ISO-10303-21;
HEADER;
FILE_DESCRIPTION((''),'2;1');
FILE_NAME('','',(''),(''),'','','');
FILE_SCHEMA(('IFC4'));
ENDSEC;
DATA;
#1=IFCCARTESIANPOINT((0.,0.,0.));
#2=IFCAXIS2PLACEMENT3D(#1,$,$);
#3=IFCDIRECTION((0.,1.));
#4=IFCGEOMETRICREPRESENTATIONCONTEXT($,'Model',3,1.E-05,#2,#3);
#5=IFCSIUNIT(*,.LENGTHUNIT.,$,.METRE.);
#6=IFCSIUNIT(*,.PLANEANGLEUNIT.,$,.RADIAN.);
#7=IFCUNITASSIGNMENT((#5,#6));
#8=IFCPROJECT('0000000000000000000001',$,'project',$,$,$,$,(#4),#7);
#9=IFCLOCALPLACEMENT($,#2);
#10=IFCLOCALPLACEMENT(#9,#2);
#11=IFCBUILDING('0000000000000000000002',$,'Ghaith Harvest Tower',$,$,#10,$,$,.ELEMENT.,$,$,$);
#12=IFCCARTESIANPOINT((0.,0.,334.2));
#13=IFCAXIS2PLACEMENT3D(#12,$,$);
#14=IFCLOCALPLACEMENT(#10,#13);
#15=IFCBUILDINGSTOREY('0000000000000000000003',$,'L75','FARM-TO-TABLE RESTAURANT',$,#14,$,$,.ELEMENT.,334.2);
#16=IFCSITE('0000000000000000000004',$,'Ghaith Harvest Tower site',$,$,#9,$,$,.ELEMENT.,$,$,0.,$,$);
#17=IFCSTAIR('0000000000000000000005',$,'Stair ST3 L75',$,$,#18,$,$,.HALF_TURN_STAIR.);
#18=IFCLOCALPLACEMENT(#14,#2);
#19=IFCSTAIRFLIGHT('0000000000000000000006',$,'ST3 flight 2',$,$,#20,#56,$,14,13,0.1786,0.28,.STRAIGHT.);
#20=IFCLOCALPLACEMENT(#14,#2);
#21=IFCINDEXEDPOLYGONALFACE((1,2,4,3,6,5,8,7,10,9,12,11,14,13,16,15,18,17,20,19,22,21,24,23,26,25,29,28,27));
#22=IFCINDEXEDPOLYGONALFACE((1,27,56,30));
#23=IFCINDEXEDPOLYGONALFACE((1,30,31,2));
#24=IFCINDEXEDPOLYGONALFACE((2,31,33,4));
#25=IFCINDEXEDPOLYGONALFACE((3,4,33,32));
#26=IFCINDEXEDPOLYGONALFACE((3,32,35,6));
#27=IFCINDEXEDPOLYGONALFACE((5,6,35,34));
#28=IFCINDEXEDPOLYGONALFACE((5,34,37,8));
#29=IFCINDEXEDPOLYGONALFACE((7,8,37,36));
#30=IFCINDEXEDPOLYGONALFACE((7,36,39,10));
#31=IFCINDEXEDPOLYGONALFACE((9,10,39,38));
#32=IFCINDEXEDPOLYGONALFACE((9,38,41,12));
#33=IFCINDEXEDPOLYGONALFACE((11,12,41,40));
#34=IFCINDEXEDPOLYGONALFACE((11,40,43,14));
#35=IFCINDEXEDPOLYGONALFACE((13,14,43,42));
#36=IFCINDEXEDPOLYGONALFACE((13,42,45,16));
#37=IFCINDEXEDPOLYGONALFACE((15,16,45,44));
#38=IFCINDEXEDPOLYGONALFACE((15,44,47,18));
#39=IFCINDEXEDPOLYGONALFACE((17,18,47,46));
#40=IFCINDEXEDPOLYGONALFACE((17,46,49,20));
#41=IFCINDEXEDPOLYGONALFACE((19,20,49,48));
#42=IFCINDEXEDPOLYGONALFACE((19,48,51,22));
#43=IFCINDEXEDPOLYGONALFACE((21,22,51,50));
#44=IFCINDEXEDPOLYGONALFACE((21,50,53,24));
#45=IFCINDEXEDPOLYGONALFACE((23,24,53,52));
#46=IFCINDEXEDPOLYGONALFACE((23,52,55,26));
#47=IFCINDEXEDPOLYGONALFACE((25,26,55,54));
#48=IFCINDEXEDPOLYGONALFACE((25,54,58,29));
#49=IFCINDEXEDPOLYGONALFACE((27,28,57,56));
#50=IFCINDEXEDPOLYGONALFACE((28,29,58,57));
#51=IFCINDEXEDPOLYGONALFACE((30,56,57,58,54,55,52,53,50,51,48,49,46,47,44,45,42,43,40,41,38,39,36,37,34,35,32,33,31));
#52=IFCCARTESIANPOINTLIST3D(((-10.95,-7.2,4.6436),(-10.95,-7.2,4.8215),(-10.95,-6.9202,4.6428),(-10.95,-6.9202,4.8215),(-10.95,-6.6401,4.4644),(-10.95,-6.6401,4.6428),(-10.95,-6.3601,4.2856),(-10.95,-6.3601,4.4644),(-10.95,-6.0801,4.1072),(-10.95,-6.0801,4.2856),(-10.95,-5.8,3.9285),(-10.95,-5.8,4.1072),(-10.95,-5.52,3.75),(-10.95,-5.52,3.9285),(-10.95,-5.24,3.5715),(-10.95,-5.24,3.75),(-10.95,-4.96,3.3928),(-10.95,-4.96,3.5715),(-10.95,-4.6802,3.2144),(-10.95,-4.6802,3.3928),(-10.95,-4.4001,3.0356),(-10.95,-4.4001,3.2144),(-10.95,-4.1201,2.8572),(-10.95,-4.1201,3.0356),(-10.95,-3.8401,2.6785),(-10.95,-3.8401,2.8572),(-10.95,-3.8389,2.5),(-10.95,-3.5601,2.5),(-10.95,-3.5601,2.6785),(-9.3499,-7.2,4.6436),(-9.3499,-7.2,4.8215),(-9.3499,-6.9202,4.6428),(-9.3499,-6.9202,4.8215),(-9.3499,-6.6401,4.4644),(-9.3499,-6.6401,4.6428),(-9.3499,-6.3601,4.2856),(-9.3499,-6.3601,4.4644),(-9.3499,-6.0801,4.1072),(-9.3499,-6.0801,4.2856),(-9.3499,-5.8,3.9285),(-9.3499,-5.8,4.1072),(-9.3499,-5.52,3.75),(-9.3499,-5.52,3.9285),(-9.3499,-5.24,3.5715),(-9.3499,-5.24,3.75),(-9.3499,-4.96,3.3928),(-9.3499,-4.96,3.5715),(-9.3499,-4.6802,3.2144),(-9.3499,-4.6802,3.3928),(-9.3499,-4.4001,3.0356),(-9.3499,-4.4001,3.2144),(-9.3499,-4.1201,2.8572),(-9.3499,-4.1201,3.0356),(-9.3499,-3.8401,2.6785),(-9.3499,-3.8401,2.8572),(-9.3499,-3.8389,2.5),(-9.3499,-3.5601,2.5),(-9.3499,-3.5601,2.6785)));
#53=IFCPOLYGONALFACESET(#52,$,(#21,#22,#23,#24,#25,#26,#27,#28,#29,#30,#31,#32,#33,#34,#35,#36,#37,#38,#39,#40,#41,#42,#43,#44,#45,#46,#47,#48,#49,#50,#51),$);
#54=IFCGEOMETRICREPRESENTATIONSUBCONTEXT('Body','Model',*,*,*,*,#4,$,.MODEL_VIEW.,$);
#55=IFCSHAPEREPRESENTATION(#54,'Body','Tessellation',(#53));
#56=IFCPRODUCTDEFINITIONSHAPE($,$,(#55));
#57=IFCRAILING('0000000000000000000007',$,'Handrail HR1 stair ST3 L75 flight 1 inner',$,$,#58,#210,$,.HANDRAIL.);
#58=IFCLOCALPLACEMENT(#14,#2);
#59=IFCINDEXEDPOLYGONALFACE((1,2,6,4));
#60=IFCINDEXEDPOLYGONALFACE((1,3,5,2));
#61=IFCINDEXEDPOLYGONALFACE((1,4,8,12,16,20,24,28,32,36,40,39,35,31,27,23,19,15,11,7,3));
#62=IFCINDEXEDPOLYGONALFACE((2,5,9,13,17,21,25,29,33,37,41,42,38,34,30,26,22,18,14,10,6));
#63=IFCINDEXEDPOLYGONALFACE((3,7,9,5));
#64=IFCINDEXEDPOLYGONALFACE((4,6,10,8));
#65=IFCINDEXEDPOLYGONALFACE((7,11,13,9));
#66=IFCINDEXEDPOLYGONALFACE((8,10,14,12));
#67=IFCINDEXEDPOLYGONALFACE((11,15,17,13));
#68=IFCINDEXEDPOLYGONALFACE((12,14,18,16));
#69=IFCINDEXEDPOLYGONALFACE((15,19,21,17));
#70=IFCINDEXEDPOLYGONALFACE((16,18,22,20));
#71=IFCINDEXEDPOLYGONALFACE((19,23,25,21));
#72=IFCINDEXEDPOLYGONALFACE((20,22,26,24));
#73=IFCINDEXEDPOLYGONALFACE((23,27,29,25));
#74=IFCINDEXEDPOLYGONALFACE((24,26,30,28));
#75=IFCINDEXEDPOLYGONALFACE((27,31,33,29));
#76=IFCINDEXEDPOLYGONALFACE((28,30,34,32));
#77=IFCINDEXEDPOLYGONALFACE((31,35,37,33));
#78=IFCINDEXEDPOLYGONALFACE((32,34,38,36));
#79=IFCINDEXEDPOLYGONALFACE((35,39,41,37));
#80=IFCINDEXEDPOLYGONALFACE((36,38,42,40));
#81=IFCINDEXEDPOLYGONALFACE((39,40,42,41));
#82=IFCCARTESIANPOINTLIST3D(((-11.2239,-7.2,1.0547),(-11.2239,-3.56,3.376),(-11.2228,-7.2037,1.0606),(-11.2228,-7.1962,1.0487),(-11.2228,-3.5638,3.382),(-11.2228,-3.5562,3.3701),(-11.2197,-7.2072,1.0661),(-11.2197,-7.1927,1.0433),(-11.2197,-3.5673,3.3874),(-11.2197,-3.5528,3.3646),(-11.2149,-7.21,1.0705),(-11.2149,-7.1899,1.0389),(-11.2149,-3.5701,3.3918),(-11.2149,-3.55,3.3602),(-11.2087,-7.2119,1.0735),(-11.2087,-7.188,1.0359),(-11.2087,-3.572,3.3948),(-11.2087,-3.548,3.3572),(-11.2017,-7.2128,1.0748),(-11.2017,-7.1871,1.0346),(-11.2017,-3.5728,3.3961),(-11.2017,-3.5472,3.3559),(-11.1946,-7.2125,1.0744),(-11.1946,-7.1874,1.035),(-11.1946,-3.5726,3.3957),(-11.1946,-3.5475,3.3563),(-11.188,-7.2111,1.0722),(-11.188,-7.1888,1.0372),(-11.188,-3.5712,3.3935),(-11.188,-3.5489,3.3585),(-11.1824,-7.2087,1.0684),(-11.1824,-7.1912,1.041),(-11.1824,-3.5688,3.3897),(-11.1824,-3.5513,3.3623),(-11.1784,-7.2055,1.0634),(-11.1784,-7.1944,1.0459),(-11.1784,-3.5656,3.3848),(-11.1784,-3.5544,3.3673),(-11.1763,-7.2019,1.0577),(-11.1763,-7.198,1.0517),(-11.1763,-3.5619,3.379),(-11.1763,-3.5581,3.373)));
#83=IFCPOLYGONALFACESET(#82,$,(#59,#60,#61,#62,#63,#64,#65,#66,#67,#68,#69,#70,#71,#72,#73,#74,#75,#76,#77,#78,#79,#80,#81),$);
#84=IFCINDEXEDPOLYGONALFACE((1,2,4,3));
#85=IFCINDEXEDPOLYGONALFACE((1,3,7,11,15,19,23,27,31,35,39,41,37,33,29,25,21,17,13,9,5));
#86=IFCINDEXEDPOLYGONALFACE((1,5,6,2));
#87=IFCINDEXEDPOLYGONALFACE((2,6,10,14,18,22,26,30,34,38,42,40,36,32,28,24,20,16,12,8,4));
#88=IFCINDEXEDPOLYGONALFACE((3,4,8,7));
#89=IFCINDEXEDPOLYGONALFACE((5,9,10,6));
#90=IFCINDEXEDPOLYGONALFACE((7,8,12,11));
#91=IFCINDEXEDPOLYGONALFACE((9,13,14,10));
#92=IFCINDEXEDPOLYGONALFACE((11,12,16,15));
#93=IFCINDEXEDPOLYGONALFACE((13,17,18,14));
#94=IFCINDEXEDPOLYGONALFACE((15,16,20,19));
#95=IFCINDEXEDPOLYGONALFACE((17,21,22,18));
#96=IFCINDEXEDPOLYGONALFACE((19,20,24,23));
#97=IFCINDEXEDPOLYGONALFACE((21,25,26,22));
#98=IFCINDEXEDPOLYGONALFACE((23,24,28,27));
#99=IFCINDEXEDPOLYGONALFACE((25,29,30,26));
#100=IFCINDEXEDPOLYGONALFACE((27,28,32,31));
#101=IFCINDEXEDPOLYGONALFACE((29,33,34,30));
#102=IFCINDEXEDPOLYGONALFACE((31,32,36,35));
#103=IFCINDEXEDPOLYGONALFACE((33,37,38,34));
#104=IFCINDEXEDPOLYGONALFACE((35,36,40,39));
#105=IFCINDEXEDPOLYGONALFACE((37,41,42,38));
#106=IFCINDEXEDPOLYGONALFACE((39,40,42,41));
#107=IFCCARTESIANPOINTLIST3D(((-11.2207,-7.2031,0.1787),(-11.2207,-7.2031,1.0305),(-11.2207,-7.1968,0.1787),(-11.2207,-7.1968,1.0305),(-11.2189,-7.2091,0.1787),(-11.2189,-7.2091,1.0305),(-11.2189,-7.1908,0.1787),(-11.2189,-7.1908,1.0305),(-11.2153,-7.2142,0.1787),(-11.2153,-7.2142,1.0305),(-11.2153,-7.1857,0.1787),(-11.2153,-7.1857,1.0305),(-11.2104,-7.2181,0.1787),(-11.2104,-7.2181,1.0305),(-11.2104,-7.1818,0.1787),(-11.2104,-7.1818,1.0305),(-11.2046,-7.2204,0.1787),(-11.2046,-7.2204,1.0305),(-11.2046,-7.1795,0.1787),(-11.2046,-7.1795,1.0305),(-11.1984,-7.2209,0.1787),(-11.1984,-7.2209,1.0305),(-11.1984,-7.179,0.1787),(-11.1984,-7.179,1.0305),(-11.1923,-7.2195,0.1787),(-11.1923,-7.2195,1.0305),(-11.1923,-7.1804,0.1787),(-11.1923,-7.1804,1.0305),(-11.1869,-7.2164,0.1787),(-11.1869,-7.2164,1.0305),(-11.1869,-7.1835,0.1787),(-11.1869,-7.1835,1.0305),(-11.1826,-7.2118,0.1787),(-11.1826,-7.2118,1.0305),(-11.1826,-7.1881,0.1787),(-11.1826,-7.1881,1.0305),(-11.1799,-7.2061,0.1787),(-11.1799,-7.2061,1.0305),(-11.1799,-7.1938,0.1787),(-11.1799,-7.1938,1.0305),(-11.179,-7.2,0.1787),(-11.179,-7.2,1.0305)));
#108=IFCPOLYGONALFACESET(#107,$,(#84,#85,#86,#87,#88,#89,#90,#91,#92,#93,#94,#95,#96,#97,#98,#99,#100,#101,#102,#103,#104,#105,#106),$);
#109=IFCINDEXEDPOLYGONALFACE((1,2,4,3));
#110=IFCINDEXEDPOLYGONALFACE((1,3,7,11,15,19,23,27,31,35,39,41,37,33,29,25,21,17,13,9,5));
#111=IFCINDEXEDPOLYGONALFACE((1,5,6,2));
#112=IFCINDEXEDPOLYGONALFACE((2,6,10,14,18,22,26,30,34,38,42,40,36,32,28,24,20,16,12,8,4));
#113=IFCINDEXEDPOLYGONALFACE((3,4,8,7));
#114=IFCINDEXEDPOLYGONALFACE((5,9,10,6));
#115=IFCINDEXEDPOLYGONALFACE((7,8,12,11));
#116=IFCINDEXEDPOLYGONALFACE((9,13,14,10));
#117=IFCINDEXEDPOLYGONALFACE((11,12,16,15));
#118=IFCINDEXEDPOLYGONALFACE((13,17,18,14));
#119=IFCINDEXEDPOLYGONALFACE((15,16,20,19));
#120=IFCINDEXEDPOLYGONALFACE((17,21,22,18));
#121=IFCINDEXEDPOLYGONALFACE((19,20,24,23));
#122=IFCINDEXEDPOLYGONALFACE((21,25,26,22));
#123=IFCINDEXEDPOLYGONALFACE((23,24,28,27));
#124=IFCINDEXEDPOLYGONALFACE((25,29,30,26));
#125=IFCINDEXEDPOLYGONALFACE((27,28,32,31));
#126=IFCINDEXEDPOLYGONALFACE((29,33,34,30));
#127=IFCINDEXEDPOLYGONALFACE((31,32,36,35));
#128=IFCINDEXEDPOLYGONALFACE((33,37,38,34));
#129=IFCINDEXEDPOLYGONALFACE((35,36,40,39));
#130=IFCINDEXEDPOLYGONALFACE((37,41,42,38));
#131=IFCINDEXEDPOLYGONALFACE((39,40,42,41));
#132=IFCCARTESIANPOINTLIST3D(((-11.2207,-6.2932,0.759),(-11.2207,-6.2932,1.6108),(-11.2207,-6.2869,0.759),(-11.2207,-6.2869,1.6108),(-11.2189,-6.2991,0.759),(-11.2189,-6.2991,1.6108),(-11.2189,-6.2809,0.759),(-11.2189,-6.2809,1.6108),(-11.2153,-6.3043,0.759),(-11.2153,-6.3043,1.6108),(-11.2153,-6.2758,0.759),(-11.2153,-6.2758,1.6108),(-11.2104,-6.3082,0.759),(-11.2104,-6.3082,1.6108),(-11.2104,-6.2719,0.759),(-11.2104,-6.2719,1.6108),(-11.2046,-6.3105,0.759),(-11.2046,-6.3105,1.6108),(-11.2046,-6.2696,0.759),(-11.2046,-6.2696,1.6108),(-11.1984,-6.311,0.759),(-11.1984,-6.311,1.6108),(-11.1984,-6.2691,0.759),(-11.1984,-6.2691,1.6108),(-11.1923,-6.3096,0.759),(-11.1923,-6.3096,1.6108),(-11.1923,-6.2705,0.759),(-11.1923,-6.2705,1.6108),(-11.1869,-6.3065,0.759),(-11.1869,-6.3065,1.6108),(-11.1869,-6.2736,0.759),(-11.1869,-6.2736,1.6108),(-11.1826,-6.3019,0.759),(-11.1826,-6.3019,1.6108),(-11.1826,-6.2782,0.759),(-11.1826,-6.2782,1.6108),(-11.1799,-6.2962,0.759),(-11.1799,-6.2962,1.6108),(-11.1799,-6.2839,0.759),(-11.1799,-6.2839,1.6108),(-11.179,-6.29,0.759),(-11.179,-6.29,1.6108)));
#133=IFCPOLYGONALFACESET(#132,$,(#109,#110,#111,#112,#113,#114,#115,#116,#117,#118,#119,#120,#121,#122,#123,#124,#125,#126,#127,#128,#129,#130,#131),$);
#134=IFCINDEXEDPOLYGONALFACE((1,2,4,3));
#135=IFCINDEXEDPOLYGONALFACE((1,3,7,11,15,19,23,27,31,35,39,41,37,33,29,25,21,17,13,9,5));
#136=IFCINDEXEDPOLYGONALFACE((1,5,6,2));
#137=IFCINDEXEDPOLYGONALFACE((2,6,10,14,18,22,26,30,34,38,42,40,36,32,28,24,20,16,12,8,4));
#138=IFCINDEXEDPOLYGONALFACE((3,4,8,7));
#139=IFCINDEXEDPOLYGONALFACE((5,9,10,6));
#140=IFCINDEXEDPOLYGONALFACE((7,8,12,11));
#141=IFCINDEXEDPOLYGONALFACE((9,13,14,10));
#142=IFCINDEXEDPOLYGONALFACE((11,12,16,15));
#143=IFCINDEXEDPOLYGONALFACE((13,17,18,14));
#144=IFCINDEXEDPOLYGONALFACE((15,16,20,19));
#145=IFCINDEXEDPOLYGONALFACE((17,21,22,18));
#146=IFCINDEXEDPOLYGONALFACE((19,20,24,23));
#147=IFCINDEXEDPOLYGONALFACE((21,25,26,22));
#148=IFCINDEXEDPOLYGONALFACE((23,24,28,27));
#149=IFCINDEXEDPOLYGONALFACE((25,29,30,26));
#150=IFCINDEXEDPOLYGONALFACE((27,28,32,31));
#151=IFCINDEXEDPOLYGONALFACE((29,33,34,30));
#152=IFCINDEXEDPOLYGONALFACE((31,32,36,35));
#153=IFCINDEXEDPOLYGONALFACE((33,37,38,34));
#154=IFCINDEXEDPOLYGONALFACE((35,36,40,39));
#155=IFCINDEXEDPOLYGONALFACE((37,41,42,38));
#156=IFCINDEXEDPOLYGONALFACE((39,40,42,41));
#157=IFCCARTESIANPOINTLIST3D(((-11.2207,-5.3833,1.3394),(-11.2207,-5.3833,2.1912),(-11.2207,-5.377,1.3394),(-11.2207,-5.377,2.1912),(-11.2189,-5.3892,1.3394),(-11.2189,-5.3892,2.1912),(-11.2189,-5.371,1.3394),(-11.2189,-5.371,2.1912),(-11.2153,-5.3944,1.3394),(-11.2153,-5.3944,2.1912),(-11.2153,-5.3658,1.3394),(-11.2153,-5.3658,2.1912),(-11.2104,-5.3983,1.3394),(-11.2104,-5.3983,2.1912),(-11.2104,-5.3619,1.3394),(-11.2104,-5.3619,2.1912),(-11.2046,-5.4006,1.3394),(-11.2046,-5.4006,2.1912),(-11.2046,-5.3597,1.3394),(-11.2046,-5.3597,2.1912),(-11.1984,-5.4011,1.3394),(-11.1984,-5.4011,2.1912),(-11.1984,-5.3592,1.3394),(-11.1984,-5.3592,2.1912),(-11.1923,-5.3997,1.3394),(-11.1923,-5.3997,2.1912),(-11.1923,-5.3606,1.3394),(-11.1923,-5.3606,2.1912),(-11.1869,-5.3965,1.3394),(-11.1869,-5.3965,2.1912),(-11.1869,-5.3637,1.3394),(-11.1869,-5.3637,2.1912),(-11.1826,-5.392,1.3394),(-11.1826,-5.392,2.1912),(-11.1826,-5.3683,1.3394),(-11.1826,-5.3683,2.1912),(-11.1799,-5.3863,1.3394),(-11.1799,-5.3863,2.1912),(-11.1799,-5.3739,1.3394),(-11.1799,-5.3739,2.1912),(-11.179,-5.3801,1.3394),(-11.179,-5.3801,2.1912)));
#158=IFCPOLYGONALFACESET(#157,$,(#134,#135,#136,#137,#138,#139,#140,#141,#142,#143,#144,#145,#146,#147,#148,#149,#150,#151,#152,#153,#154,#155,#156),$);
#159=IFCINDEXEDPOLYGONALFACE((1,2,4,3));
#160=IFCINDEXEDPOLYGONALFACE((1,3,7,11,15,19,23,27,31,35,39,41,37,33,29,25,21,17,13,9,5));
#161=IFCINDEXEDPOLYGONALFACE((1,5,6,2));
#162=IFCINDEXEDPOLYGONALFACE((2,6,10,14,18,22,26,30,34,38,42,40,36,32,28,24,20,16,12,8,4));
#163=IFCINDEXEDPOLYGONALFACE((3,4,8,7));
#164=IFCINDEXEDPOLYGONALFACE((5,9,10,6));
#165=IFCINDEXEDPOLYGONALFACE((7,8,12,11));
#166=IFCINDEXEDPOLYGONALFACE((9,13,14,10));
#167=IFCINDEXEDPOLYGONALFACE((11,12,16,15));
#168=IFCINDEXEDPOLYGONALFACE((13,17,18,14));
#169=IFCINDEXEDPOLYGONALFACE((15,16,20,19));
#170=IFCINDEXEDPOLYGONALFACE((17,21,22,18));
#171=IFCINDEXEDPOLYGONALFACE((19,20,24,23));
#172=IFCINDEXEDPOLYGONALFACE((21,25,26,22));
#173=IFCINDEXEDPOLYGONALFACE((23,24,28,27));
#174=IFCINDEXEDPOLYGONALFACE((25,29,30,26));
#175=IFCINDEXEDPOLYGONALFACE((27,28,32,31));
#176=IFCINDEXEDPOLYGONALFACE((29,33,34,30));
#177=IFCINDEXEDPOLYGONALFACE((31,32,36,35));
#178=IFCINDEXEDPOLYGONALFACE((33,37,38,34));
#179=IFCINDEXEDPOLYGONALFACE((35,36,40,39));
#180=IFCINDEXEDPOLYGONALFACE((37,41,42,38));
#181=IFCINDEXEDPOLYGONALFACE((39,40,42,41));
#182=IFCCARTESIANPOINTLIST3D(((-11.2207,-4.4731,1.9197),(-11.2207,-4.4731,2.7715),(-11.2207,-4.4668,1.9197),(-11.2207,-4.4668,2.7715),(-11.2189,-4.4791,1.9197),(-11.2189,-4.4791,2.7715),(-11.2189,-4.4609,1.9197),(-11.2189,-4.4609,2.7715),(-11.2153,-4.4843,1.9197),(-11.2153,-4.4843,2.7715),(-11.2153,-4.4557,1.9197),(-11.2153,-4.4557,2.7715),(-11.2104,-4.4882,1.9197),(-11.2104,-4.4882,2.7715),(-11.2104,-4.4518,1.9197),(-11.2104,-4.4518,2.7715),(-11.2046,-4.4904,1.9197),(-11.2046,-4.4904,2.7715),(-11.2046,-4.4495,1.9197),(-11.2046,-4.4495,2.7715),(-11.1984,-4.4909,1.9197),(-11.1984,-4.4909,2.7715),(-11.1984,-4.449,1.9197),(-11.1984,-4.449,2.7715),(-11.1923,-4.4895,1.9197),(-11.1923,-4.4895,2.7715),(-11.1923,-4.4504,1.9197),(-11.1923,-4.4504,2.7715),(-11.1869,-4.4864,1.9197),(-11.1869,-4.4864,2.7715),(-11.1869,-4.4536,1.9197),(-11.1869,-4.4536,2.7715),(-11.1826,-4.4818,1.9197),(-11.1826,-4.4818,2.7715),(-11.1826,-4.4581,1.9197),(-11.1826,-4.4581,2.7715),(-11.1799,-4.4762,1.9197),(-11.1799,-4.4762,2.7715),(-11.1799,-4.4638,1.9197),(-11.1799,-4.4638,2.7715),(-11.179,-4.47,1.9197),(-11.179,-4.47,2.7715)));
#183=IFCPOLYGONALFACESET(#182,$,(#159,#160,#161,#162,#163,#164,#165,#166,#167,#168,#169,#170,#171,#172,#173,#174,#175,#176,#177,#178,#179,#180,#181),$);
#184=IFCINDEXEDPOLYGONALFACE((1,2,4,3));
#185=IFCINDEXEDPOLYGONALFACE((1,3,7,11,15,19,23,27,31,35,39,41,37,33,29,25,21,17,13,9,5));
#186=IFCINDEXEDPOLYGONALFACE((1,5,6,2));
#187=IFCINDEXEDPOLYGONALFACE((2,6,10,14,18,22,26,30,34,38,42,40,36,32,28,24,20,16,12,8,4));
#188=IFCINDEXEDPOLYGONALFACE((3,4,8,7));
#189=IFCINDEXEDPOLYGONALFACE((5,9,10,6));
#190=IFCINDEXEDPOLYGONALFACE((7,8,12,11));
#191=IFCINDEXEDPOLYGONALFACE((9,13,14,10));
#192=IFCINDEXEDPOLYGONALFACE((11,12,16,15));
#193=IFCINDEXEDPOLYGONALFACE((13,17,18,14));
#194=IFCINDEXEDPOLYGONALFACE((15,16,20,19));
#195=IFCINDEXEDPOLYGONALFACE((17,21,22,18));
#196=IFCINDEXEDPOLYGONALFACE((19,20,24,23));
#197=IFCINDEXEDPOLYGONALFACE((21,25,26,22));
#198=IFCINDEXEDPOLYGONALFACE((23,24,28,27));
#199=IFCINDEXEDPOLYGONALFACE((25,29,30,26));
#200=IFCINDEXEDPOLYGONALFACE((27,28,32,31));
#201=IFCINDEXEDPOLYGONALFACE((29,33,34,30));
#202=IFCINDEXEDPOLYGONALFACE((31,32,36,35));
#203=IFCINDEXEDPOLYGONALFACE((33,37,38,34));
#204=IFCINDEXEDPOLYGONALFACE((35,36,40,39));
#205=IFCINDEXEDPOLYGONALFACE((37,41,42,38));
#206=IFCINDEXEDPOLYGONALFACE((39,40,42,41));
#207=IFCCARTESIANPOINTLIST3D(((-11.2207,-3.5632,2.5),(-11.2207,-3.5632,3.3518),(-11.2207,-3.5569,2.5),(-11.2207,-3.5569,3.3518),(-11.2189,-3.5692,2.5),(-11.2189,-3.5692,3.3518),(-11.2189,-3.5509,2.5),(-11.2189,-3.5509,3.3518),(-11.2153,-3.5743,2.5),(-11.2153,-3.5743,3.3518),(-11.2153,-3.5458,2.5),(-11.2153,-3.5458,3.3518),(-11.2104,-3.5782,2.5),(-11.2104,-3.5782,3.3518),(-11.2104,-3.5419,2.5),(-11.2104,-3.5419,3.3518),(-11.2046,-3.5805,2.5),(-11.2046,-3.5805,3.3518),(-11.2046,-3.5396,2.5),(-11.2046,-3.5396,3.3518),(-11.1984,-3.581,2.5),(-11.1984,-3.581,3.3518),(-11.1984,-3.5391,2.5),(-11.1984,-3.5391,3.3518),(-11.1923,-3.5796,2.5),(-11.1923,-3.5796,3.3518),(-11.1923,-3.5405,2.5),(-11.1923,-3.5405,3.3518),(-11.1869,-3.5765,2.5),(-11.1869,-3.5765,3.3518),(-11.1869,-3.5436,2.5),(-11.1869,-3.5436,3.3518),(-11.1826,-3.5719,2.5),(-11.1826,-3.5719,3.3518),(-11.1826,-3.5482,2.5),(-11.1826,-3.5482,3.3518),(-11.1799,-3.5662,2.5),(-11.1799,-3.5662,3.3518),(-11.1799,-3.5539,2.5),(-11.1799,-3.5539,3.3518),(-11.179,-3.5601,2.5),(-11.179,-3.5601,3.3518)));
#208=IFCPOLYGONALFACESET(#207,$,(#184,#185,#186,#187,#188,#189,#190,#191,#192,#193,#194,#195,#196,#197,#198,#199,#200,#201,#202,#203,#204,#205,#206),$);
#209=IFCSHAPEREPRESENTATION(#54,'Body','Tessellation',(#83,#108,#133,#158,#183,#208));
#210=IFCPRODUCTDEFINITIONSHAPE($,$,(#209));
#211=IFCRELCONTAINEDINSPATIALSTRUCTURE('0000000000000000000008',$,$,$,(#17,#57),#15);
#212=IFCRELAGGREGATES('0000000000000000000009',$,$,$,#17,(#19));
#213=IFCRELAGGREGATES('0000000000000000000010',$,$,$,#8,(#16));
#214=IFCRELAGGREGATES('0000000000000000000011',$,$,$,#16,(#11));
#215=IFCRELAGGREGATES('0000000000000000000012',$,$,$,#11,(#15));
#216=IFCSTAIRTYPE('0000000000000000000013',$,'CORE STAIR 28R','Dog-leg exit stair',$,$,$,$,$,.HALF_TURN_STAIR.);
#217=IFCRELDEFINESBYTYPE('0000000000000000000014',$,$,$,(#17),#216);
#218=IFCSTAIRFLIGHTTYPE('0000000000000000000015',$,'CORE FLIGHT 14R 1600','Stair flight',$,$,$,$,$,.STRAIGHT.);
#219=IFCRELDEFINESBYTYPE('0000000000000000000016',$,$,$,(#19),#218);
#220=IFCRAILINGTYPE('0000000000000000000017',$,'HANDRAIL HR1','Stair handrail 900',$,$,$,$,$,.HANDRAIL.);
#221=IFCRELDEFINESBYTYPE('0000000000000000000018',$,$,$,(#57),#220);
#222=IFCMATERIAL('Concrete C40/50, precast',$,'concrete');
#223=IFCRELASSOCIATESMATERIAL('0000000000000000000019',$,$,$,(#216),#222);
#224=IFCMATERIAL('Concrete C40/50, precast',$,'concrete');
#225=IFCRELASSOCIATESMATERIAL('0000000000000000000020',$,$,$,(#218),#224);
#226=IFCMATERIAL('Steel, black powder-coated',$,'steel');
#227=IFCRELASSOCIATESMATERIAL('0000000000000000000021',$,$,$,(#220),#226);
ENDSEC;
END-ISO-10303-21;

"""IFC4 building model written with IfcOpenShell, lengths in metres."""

from ifc_helpers import new_model, si_unit, direction, frame, origin, origin_2d, place, context, subcontext, project, spatial, polyline, circle, outline, extrude, material, type_object, element, aggregate, save


model = new_model("IFC4")

# Units and contexts
model_context = context("Model", 3, precision=1e-05, world=origin(), true_north=direction((0.0, 1.0)))
body_context = subcontext(model_context, "Body", "Model", "MODEL_VIEW")
ifc_project = project(units=[si_unit("LENGTHUNIT", "METRE"), si_unit("PLANEANGLEUNIT", "RADIAN")], contexts=[model_context])

# Site, building, storey
site_placement = place(None, origin())
site = spatial("IfcSite", under=ifc_project, at=site_placement, Name="Ghaith Harvest Tower site", CompositionType="ELEMENT", RefElevation=0.0)
building_placement = place(site_placement, origin())
building = spatial("IfcBuilding", under=site, at=building_placement, Name="Ghaith Harvest Tower", CompositionType="ELEMENT")
storey_placement = place(building_placement, frame((0.0, 0.0, 334.2)))
storey = spatial("IfcBuildingStorey", under=building, at=storey_placement, Name="L75", Description="FARM-TO-TABLE RESTAURANT", CompositionType="ELEMENT", Elevation=334.2)

# Stair, stair flight
ifc_material_1 = material(Name="Concrete C40/50, precast", Category="concrete")
stair_type = type_object("IfcStairType", Name="CORE STAIR 28R", Description="Dog-leg exit stair", PredefinedType="HALF_TURN_STAIR", material=ifc_material_1)
stair_placement = place(storey_placement, origin())
stair = element("IfcStair", 1, at=stair_placement, inside=storey, type_object=stair_type, Name="Stair ST3 L75", PredefinedType="HALF_TURN_STAIR")
ifc_material_2 = material(Name="Concrete C40/50, precast", Category="concrete")
stair_flight_type = type_object("IfcStairFlightType", Name="CORE FLIGHT 14R 1600", Description="Stair flight", PredefinedType="STRAIGHT", material=ifc_material_2)
stair_flight_1_placement = place(storey_placement, frame((-10.1499, -3.5601, 2.5), z_axis=(0.0, 0.0, 1.0), x_axis=(0.0, -1.0, 0.0)))
stair_flight_1 = element("IfcStairFlight", 2, at=stair_flight_1_placement, type_object=stair_flight_type, Name="ST3 flight 2", NumberOfRisers=14, NumberOfTreads=13, PredefinedType="STRAIGHT", RiserHeight=0.1786, TreadLength=0.28, context=body_context, shape_type="SweptSolid", body=[
    extrude(outline(polyline([(0.0, 0.0), (0.0, 0.1785), (0.28, 0.1785), (0.28, 0.3572), (0.5601, 0.3572), (0.5601, 0.5356), (0.8401, 0.5356), (0.8401, 0.7144), (1.1201, 0.7144), (1.1201, 0.8928), (1.3999, 0.8928), (1.3999, 1.0715), (1.6799, 1.0715), (1.6799, 1.25), (1.96, 1.25), (1.96, 1.4285), (2.24, 1.4285), (2.24, 1.6072), (2.52, 1.6072), (2.52, 1.7856), (2.8, 1.7856), (2.8, 1.9644), (3.0801, 1.9644), (3.0801, 2.1428), (3.3601, 2.1428), (3.3601, 2.3215), (3.6399, 2.3215), (3.6399, 2.5), (3.6399, 2.1436), (0.2788, 0.0), (0.0, 0.0)])), frame((0.0, 0.8, 0.0), z_axis=(0.0, -1.0, 0.0), x_axis=(1.0, 0.0, 0.0)), (0.0, 0.0, 1.0), 1.6001),
])
aggregate(stair, [stair_flight_1])

# Railing
ifc_material_3 = material(Name="Steel, black powder-coated", Category="steel")
railing_type = type_object("IfcRailingType", Name="HANDRAIL HR1", Description="Stair handrail 900", PredefinedType="HANDRAIL", material=ifc_material_3)
railing_1_placement = place(storey_placement, frame((-11.2, -7.2, 0.1787)))
element("IfcRailing", 3, at=railing_1_placement, inside=storey, type_object=railing_type, Name="Handrail HR1 stair ST3 L75 flight 1 inner", PredefinedType="HANDRAIL", context=body_context, shape_type="SweptSolid", body=[
    extrude(circle(Radius=0.0239, at=origin_2d()), frame((0.0, 0.0, 0.876), z_axis=(0.0, 0.843137, 0.537699), x_axis=(-1.0, 0.0, 0.0)), (0.0, 0.0, 1.0), 4.3171),
    extrude(circle(Radius=0.021, at=origin_2d()), origin(), (0.0, 0.0, 1.0), 0.8518),
    extrude(circle(Radius=0.021, at=origin_2d()), frame((0.0, 0.9099, 0.5803)), (0.0, 0.0, 1.0), 0.8518),
    extrude(circle(Radius=0.021, at=origin_2d()), frame((0.0, 1.8198, 1.1606)), (0.0, 0.0, 1.0), 0.8518),
    extrude(circle(Radius=0.021, at=origin_2d()), frame((0.0, 2.73, 1.741)), (0.0, 0.0, 1.0), 0.8518),
    extrude(circle(Radius=0.021, at=origin_2d()), frame((0.0, 3.6399, 2.3213)), (0.0, 0.0, 1.0), 0.8518),
])

save(model, "model.ifc")
